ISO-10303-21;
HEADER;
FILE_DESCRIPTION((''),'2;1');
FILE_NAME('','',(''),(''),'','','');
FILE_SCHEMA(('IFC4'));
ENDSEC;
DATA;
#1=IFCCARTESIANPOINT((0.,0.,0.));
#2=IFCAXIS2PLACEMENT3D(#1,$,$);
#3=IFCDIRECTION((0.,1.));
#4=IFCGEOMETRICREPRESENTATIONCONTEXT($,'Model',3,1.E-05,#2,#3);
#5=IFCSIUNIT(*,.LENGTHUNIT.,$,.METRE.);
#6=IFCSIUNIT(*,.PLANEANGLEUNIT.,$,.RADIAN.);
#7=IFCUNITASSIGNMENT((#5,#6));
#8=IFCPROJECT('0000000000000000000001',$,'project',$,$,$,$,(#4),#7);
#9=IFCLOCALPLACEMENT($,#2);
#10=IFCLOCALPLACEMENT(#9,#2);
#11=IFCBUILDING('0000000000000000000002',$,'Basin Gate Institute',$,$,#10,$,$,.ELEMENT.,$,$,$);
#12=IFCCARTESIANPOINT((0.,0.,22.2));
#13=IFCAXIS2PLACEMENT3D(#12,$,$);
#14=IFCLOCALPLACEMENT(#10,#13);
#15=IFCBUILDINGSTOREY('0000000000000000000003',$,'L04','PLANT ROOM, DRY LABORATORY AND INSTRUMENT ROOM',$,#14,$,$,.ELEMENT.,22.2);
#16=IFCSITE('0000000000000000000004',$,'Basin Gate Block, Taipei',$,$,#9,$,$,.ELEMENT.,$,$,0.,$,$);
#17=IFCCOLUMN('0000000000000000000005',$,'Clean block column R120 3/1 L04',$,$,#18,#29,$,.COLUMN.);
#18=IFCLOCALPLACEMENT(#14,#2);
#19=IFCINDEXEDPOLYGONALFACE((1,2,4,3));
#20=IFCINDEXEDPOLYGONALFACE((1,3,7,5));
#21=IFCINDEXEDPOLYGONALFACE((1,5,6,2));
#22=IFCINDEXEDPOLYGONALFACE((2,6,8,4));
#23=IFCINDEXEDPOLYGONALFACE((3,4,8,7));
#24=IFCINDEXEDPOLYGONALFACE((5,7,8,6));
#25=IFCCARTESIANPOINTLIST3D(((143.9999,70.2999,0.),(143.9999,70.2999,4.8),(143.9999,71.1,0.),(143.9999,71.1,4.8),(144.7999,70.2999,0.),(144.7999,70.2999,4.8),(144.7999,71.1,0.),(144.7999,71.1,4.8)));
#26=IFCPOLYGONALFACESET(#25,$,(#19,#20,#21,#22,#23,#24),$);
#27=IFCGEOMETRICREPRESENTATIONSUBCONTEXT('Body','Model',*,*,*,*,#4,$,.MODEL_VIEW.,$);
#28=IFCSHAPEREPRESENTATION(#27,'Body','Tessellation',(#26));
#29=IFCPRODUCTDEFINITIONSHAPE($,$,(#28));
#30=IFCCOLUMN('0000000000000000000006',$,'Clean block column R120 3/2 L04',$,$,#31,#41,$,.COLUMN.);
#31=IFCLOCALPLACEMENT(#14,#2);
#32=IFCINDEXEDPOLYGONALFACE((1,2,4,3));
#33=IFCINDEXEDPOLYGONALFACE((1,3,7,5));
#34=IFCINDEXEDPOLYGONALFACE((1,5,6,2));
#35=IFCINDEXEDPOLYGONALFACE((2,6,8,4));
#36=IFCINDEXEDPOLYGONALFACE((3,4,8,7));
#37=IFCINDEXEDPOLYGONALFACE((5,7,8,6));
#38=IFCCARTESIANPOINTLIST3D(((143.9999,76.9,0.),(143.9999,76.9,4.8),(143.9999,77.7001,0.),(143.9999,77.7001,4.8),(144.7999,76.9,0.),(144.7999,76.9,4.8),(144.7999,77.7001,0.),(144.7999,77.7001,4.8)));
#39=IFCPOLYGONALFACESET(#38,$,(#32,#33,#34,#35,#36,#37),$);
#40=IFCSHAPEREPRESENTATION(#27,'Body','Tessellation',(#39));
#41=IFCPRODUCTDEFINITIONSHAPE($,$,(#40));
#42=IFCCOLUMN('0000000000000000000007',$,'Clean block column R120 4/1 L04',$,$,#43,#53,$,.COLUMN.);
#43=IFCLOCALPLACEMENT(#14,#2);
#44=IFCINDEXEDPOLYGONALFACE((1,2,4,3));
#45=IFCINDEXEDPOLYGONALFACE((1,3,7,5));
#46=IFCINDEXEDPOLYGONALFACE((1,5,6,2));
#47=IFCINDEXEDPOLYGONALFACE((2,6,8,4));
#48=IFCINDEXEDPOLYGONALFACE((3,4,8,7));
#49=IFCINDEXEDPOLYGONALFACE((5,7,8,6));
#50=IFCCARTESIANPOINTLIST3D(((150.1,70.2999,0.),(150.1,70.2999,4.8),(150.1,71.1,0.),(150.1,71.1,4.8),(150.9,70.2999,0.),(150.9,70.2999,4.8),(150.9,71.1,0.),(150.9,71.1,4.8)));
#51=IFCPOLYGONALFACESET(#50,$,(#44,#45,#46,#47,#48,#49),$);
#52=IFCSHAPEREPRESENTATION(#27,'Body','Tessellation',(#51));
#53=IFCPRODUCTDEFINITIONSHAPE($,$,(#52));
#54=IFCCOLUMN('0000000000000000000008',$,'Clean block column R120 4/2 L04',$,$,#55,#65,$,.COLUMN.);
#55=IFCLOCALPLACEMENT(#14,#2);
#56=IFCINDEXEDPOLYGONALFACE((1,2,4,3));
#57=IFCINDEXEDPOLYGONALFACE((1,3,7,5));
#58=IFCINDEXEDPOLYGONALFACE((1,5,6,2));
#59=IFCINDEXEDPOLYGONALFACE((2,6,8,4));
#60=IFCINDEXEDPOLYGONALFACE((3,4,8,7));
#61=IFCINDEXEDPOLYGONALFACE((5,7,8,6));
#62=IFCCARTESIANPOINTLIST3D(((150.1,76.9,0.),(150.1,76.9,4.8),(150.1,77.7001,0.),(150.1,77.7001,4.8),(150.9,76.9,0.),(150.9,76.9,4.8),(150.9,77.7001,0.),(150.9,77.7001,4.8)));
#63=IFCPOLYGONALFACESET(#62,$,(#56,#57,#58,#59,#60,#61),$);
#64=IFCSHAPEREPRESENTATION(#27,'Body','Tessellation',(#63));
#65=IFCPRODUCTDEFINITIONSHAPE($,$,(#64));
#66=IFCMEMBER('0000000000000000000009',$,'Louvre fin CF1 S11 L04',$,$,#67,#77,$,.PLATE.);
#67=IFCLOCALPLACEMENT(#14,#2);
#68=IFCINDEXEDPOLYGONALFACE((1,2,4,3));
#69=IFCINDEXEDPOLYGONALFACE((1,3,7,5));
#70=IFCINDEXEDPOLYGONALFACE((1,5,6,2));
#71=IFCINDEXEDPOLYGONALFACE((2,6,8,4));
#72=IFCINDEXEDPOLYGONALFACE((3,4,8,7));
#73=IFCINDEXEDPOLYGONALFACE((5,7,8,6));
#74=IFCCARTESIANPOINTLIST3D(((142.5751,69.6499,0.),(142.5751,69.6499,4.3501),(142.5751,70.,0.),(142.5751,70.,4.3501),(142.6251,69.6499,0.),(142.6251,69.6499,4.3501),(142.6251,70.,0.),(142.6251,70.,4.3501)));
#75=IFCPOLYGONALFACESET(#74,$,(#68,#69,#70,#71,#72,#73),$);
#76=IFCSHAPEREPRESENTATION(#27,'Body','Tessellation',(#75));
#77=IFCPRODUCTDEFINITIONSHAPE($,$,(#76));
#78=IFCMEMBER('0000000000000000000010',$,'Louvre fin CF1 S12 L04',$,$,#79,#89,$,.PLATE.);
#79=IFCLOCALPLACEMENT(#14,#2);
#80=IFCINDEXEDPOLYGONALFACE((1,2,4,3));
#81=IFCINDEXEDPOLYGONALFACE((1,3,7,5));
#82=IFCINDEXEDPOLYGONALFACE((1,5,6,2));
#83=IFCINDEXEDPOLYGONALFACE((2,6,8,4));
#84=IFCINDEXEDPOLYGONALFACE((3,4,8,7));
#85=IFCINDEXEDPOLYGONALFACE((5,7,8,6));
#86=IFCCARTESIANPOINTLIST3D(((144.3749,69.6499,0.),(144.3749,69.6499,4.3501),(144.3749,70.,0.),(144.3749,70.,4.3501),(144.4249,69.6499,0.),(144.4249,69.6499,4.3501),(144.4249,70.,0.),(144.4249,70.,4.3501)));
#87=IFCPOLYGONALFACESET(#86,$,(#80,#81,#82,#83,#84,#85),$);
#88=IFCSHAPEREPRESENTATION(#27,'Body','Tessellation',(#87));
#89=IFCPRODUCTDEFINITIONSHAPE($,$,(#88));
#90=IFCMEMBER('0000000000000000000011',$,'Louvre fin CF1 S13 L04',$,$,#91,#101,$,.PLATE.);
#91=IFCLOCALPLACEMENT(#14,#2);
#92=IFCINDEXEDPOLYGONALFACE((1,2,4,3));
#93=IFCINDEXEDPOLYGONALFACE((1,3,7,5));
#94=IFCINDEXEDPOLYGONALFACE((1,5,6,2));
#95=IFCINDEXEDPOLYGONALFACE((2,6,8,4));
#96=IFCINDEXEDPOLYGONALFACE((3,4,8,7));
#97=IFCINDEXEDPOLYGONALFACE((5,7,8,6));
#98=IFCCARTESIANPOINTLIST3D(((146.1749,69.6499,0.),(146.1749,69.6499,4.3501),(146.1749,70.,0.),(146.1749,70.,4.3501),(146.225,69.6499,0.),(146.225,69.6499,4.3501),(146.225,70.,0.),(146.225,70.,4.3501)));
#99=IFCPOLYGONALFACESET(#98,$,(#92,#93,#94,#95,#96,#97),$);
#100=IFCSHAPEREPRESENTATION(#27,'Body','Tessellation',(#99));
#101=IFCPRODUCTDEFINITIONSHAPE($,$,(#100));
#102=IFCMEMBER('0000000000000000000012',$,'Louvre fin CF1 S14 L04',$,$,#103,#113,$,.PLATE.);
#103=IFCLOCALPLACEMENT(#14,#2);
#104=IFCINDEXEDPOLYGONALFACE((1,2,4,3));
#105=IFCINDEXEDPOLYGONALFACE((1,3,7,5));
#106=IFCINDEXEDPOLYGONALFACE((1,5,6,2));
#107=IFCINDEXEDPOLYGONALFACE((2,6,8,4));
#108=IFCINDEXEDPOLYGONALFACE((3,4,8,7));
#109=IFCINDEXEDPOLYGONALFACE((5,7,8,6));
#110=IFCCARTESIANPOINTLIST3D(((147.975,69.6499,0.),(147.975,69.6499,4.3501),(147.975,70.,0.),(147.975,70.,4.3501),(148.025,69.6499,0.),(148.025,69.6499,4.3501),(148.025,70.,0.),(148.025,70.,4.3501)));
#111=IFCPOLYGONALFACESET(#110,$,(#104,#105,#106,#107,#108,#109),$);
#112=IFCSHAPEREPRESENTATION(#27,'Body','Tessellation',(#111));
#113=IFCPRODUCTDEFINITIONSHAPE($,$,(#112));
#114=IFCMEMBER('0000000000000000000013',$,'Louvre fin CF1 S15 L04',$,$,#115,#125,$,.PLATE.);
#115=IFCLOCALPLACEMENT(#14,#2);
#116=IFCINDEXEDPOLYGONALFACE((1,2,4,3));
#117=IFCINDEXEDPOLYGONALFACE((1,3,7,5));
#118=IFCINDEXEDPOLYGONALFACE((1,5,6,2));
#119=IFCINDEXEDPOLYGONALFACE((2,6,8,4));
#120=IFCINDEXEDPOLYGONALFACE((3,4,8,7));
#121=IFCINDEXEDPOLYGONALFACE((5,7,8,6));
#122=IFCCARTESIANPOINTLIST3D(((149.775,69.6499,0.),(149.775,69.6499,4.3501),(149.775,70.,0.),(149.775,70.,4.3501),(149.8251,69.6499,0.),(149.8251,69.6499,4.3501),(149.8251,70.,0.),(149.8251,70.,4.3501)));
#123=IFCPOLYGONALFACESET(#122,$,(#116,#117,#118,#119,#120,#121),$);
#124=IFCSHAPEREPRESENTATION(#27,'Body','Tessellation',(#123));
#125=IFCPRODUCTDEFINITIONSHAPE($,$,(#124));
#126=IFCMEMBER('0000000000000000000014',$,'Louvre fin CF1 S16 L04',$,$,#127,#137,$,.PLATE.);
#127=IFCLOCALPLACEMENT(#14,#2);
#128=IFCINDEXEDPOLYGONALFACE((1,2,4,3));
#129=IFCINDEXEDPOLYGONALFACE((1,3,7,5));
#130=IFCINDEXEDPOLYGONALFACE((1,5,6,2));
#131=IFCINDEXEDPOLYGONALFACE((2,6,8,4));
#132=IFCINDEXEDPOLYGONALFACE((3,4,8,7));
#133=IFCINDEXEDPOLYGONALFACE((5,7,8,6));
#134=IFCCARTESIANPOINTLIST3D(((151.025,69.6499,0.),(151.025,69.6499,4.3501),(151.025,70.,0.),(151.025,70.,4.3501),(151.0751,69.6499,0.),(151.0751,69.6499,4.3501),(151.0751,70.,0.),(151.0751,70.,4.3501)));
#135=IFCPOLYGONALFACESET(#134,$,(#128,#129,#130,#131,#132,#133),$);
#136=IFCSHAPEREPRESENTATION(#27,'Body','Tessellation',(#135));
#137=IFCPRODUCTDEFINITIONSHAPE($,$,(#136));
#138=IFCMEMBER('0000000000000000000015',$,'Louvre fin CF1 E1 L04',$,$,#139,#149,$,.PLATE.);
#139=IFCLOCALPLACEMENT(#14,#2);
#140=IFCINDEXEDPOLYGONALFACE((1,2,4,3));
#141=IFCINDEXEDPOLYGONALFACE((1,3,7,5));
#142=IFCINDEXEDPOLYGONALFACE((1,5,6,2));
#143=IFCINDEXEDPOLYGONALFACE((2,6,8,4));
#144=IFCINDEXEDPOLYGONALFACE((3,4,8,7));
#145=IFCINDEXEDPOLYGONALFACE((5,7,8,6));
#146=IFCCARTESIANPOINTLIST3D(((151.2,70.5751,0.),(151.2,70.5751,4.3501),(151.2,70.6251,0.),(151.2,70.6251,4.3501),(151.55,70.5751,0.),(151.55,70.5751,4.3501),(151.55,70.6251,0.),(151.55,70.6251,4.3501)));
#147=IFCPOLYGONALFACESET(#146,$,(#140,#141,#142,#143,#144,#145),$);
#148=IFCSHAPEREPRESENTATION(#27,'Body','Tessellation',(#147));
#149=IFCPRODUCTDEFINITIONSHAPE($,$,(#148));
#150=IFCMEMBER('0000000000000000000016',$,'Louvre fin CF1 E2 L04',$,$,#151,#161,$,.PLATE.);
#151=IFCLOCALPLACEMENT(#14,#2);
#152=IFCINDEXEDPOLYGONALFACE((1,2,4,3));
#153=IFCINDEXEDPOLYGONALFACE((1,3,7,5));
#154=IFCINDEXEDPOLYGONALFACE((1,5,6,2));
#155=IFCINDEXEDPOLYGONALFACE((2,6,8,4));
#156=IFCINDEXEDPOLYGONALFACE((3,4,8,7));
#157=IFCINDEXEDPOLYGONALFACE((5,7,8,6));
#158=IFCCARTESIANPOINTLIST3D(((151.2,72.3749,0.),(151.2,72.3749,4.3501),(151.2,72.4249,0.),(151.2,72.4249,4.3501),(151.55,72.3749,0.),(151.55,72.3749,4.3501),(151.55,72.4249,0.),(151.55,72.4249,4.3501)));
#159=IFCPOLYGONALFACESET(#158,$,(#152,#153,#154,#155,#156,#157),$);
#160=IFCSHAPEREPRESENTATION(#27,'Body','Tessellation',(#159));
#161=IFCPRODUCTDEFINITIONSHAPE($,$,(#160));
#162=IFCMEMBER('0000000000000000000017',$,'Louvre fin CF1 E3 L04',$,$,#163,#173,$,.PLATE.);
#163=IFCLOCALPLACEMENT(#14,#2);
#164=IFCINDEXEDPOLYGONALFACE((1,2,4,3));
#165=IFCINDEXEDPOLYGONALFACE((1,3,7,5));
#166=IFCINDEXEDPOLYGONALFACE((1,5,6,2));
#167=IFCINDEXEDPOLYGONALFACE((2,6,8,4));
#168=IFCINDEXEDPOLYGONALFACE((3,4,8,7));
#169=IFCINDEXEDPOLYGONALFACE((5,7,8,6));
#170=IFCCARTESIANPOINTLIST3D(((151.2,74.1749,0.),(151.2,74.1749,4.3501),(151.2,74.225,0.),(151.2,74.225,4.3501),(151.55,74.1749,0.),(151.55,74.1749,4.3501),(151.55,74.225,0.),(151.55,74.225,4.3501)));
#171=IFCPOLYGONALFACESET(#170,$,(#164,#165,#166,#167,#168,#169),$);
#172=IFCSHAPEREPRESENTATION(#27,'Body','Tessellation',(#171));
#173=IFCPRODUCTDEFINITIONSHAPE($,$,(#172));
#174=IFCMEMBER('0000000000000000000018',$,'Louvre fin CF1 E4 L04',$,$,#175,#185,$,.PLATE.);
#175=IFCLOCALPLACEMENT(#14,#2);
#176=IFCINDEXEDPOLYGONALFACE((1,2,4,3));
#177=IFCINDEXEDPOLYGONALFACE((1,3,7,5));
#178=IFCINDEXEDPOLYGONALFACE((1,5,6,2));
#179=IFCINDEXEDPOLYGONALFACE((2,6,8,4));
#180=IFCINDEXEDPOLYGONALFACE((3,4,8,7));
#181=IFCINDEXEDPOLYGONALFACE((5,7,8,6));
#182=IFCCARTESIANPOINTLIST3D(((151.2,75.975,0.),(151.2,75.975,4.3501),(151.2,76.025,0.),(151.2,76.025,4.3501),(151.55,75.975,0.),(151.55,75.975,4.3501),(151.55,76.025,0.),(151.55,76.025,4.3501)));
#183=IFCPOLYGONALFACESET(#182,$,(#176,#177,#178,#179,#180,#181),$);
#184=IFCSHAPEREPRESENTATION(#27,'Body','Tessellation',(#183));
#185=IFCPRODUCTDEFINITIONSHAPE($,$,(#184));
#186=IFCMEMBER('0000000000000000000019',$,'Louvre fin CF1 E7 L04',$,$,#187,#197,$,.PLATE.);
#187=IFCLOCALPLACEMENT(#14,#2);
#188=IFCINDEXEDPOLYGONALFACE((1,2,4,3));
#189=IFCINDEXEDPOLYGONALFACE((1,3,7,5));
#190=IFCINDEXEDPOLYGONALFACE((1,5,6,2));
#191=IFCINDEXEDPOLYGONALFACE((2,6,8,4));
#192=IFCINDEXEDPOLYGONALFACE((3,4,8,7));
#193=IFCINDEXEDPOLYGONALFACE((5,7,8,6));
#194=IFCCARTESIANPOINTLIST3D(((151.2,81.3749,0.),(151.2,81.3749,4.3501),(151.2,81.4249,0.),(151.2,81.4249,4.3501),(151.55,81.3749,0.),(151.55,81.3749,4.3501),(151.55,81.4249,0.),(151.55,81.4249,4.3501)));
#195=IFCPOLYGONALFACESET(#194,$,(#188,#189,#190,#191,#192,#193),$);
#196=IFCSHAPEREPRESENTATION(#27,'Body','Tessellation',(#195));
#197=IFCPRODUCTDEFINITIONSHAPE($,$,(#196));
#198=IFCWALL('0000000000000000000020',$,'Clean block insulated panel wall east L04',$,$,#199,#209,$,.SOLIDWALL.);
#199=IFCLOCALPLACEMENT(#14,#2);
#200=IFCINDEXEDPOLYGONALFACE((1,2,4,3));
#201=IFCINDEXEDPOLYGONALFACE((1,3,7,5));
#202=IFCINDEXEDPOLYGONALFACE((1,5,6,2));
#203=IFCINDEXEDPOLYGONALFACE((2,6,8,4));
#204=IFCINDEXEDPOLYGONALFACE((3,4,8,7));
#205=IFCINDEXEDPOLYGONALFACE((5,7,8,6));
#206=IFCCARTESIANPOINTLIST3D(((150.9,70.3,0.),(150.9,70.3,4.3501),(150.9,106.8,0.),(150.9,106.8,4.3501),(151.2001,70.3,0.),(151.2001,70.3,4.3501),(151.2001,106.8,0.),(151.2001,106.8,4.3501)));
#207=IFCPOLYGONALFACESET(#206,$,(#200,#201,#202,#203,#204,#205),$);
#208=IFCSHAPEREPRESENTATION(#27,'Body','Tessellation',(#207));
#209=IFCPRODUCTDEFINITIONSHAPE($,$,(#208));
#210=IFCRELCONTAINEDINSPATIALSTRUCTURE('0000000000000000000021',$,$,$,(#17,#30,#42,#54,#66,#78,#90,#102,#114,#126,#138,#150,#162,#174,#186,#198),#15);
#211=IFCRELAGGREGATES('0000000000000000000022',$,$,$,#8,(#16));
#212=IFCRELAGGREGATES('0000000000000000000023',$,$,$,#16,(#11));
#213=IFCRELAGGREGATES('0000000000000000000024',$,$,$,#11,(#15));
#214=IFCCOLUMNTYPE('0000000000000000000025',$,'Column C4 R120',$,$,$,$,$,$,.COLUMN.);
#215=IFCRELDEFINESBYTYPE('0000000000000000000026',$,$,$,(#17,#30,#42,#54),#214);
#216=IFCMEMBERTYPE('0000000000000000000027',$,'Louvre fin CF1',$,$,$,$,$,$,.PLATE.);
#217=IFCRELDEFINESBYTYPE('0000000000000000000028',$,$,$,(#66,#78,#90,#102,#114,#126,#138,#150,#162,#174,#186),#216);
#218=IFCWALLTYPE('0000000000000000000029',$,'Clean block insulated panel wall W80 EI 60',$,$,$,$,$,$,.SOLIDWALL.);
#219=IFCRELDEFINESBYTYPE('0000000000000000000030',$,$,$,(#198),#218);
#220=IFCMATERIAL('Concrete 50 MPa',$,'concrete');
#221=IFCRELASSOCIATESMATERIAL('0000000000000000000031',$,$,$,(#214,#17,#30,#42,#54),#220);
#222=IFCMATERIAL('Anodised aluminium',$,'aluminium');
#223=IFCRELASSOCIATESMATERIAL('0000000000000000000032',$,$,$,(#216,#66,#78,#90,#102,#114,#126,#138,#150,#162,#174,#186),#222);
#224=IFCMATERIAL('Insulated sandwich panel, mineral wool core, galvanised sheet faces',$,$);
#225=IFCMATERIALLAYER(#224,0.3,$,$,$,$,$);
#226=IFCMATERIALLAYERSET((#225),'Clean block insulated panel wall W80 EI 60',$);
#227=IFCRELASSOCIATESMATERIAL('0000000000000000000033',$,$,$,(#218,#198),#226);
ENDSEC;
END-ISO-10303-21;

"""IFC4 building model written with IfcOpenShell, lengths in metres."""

from ifc_helpers import new_model, si_unit, direction, frame, frame_2d, origin, origin_2d, place, context, subcontext, project, spatial, rectangle, extrude, material, layer, layer_set, material_profile, profile_set, type_object, element, save


model = new_model("IFC4")

# Units and contexts
model_context = context("Model", 3, precision=1e-05, world=origin(), true_north=direction((0.0, 1.0)))
body_context = subcontext(model_context, "Body", "Model", "MODEL_VIEW")
ifc_project = project(units=[si_unit("LENGTHUNIT", "METRE"), si_unit("PLANEANGLEUNIT", "RADIAN")], contexts=[model_context])

# Site, building, storey
site_placement = place(None, origin())
site = spatial("IfcSite", under=ifc_project, at=site_placement, Name="Basin Gate Block, Taipei", CompositionType="ELEMENT", RefElevation=0.0)
building_placement = place(site_placement, origin())
building = spatial("IfcBuilding", under=site, at=building_placement, Name="Basin Gate Institute", CompositionType="ELEMENT")
storey_placement = place(building_placement, frame((0.0, 0.0, 22.2)))
storey = spatial("IfcBuildingStorey", under=building, at=storey_placement, Name="L04", Description="PLANT ROOM, DRY LABORATORY AND INSTRUMENT ROOM", CompositionType="ELEMENT", Elevation=22.2)

# Columns
ifc_material_1 = material(Name="Concrete 50 MPa", Category="concrete")
ifc_material_profile_1 = material_profile(ifc_material_1, rectangle(XDim=0.8, YDim=0.8, at=origin_2d()), Name="Column C4 800 x 800")
ifc_profile_set_1 = profile_set([ifc_material_profile_1], Name="Concrete 50 MPa")
column_type = type_object("IfcColumnType", Name="Column C4 R120", PredefinedType="COLUMN", material=ifc_profile_set_1)
for number, where, z_axis, x_axis, name in (
    (1, (144.3999, 70.7, 0.0), (0.0, 0.0, 1.0), (1.0, 0.0, 0.0), "Clean block column R120 3/1 L04"),
    (2, (144.3999, 77.3, 0.0), (0.0, 0.0, 1.0), (1.0, 0.0, 0.0), "Clean block column R120 3/2 L04"),
    (3, (150.5, 70.7, 0.0), (0.0, 0.0, 1.0), (1.0, 0.0, 0.0), "Clean block column R120 4/1 L04"),
    (4, (150.5, 77.3, 0.0), (0.0, 0.0, 1.0), (1.0, 0.0, 0.0), "Clean block column R120 4/2 L04"),
):
    element("IfcColumn", number, at=place(storey_placement, frame(where, z_axis=z_axis, x_axis=x_axis)), inside=storey, type_object=column_type, material=ifc_profile_set_1, Name=name, PredefinedType="COLUMN", context=body_context, shape_type="SweptSolid", body=[
        extrude(rectangle(XDim=0.8, YDim=0.8, at=origin_2d()), origin(), (0.0, 0.0, 1.0), 4.8),
    ])

# Members
ifc_material_2 = material(Name="Anodised aluminium", Category="aluminium")
ifc_material_profile_2 = material_profile(ifc_material_2, rectangle(XDim=0.05, YDim=0.3501, at=origin_2d()), Name="Louvre fin CF1 50 x 350")
ifc_profile_set_2 = profile_set([ifc_material_profile_2], Name="Anodised aluminium")
member_type = type_object("IfcMemberType", Name="Louvre fin CF1", PredefinedType="PLATE", material=ifc_profile_set_2)
for number, where, z_axis, x_axis, name in (
    (5, (142.6001, 69.825, 0.0), (0.0, 0.0, 1.0), (1.0, 0.0, 0.0), "Louvre fin CF1 S11 L04"),
    (6, (144.3999, 69.825, 0.0), (0.0, 0.0, 1.0), (1.0, 0.0, 0.0), "Louvre fin CF1 S12 L04"),
    (7, (146.2, 69.825, 0.0), (0.0, 0.0, 1.0), (1.0, 0.0, 0.0), "Louvre fin CF1 S13 L04"),
    (8, (148.0, 69.825, 0.0), (0.0, 0.0, 1.0), (1.0, 0.0, 0.0), "Louvre fin CF1 S14 L04"),
    (9, (149.8, 69.825, 0.0), (0.0, 0.0, 1.0), (1.0, 0.0, 0.0), "Louvre fin CF1 S15 L04"),
    (10, (151.05, 69.825, 0.0), (0.0, 0.0, 1.0), (1.0, 0.0, 0.0), "Louvre fin CF1 S16 L04"),
    (11, (151.375, 70.6001, 0.0), (0.0, 0.0, 1.0), (0.0, 1.0, 0.0), "Louvre fin CF1 E1 L04"),
    (12, (151.375, 72.3999, 0.0), (0.0, 0.0, 1.0), (0.0, 1.0, 0.0), "Louvre fin CF1 E2 L04"),
    (13, (151.375, 74.2, 0.0), (0.0, 0.0, 1.0), (0.0, 1.0, 0.0), "Louvre fin CF1 E3 L04"),
    (14, (151.375, 76.0, 0.0), (0.0, 0.0, 1.0), (0.0, 1.0, 0.0), "Louvre fin CF1 E4 L04"),
    (15, (151.375, 81.3999, 0.0), (0.0, 0.0, 1.0), (0.0, 1.0, 0.0), "Louvre fin CF1 E7 L04"),
):
    element("IfcMember", number, at=place(storey_placement, frame(where, z_axis=z_axis, x_axis=x_axis)), inside=storey, type_object=member_type, material=ifc_profile_set_2, Name=name, PredefinedType="PLATE", context=body_context, shape_type="SweptSolid", body=[
        extrude(rectangle(XDim=0.05, YDim=0.3501, at=origin_2d()), origin(), (0.0, 0.0, 1.0), 4.3501),
    ])

# Wall
ifc_material_3 = material(Name="Insulated sandwich panel, mineral wool core, galvanised sheet faces")
ifc_layer_1 = layer(ifc_material_3, 0.3)
ifc_layer_set_1 = layer_set([ifc_layer_1], Name="Clean block insulated panel wall W80 EI 60")
wall_type_1 = type_object("IfcWallType", Name="Clean block insulated panel wall W80 EI 60", PredefinedType="SOLIDWALL", material=ifc_layer_set_1)
wall_1_placement = place(storey_placement, frame((151.05, 70.3, 0.0), z_axis=(0.0, 0.0, 1.0), x_axis=(0.0, 1.0, 0.0)))
element("IfcWall", 16, at=wall_1_placement, inside=storey, type_object=wall_type_1, material=ifc_layer_set_1, Name="Clean block insulated panel wall east L04", PredefinedType="SOLIDWALL", context=body_context, shape_type="SweptSolid", body=[
    extrude(rectangle(XDim=36.5, YDim=0.3, at=frame_2d((18.25, 0.0))), origin(), (0.0, 0.0, 1.0), 4.3501),
])

save(model, "model.ifc")
